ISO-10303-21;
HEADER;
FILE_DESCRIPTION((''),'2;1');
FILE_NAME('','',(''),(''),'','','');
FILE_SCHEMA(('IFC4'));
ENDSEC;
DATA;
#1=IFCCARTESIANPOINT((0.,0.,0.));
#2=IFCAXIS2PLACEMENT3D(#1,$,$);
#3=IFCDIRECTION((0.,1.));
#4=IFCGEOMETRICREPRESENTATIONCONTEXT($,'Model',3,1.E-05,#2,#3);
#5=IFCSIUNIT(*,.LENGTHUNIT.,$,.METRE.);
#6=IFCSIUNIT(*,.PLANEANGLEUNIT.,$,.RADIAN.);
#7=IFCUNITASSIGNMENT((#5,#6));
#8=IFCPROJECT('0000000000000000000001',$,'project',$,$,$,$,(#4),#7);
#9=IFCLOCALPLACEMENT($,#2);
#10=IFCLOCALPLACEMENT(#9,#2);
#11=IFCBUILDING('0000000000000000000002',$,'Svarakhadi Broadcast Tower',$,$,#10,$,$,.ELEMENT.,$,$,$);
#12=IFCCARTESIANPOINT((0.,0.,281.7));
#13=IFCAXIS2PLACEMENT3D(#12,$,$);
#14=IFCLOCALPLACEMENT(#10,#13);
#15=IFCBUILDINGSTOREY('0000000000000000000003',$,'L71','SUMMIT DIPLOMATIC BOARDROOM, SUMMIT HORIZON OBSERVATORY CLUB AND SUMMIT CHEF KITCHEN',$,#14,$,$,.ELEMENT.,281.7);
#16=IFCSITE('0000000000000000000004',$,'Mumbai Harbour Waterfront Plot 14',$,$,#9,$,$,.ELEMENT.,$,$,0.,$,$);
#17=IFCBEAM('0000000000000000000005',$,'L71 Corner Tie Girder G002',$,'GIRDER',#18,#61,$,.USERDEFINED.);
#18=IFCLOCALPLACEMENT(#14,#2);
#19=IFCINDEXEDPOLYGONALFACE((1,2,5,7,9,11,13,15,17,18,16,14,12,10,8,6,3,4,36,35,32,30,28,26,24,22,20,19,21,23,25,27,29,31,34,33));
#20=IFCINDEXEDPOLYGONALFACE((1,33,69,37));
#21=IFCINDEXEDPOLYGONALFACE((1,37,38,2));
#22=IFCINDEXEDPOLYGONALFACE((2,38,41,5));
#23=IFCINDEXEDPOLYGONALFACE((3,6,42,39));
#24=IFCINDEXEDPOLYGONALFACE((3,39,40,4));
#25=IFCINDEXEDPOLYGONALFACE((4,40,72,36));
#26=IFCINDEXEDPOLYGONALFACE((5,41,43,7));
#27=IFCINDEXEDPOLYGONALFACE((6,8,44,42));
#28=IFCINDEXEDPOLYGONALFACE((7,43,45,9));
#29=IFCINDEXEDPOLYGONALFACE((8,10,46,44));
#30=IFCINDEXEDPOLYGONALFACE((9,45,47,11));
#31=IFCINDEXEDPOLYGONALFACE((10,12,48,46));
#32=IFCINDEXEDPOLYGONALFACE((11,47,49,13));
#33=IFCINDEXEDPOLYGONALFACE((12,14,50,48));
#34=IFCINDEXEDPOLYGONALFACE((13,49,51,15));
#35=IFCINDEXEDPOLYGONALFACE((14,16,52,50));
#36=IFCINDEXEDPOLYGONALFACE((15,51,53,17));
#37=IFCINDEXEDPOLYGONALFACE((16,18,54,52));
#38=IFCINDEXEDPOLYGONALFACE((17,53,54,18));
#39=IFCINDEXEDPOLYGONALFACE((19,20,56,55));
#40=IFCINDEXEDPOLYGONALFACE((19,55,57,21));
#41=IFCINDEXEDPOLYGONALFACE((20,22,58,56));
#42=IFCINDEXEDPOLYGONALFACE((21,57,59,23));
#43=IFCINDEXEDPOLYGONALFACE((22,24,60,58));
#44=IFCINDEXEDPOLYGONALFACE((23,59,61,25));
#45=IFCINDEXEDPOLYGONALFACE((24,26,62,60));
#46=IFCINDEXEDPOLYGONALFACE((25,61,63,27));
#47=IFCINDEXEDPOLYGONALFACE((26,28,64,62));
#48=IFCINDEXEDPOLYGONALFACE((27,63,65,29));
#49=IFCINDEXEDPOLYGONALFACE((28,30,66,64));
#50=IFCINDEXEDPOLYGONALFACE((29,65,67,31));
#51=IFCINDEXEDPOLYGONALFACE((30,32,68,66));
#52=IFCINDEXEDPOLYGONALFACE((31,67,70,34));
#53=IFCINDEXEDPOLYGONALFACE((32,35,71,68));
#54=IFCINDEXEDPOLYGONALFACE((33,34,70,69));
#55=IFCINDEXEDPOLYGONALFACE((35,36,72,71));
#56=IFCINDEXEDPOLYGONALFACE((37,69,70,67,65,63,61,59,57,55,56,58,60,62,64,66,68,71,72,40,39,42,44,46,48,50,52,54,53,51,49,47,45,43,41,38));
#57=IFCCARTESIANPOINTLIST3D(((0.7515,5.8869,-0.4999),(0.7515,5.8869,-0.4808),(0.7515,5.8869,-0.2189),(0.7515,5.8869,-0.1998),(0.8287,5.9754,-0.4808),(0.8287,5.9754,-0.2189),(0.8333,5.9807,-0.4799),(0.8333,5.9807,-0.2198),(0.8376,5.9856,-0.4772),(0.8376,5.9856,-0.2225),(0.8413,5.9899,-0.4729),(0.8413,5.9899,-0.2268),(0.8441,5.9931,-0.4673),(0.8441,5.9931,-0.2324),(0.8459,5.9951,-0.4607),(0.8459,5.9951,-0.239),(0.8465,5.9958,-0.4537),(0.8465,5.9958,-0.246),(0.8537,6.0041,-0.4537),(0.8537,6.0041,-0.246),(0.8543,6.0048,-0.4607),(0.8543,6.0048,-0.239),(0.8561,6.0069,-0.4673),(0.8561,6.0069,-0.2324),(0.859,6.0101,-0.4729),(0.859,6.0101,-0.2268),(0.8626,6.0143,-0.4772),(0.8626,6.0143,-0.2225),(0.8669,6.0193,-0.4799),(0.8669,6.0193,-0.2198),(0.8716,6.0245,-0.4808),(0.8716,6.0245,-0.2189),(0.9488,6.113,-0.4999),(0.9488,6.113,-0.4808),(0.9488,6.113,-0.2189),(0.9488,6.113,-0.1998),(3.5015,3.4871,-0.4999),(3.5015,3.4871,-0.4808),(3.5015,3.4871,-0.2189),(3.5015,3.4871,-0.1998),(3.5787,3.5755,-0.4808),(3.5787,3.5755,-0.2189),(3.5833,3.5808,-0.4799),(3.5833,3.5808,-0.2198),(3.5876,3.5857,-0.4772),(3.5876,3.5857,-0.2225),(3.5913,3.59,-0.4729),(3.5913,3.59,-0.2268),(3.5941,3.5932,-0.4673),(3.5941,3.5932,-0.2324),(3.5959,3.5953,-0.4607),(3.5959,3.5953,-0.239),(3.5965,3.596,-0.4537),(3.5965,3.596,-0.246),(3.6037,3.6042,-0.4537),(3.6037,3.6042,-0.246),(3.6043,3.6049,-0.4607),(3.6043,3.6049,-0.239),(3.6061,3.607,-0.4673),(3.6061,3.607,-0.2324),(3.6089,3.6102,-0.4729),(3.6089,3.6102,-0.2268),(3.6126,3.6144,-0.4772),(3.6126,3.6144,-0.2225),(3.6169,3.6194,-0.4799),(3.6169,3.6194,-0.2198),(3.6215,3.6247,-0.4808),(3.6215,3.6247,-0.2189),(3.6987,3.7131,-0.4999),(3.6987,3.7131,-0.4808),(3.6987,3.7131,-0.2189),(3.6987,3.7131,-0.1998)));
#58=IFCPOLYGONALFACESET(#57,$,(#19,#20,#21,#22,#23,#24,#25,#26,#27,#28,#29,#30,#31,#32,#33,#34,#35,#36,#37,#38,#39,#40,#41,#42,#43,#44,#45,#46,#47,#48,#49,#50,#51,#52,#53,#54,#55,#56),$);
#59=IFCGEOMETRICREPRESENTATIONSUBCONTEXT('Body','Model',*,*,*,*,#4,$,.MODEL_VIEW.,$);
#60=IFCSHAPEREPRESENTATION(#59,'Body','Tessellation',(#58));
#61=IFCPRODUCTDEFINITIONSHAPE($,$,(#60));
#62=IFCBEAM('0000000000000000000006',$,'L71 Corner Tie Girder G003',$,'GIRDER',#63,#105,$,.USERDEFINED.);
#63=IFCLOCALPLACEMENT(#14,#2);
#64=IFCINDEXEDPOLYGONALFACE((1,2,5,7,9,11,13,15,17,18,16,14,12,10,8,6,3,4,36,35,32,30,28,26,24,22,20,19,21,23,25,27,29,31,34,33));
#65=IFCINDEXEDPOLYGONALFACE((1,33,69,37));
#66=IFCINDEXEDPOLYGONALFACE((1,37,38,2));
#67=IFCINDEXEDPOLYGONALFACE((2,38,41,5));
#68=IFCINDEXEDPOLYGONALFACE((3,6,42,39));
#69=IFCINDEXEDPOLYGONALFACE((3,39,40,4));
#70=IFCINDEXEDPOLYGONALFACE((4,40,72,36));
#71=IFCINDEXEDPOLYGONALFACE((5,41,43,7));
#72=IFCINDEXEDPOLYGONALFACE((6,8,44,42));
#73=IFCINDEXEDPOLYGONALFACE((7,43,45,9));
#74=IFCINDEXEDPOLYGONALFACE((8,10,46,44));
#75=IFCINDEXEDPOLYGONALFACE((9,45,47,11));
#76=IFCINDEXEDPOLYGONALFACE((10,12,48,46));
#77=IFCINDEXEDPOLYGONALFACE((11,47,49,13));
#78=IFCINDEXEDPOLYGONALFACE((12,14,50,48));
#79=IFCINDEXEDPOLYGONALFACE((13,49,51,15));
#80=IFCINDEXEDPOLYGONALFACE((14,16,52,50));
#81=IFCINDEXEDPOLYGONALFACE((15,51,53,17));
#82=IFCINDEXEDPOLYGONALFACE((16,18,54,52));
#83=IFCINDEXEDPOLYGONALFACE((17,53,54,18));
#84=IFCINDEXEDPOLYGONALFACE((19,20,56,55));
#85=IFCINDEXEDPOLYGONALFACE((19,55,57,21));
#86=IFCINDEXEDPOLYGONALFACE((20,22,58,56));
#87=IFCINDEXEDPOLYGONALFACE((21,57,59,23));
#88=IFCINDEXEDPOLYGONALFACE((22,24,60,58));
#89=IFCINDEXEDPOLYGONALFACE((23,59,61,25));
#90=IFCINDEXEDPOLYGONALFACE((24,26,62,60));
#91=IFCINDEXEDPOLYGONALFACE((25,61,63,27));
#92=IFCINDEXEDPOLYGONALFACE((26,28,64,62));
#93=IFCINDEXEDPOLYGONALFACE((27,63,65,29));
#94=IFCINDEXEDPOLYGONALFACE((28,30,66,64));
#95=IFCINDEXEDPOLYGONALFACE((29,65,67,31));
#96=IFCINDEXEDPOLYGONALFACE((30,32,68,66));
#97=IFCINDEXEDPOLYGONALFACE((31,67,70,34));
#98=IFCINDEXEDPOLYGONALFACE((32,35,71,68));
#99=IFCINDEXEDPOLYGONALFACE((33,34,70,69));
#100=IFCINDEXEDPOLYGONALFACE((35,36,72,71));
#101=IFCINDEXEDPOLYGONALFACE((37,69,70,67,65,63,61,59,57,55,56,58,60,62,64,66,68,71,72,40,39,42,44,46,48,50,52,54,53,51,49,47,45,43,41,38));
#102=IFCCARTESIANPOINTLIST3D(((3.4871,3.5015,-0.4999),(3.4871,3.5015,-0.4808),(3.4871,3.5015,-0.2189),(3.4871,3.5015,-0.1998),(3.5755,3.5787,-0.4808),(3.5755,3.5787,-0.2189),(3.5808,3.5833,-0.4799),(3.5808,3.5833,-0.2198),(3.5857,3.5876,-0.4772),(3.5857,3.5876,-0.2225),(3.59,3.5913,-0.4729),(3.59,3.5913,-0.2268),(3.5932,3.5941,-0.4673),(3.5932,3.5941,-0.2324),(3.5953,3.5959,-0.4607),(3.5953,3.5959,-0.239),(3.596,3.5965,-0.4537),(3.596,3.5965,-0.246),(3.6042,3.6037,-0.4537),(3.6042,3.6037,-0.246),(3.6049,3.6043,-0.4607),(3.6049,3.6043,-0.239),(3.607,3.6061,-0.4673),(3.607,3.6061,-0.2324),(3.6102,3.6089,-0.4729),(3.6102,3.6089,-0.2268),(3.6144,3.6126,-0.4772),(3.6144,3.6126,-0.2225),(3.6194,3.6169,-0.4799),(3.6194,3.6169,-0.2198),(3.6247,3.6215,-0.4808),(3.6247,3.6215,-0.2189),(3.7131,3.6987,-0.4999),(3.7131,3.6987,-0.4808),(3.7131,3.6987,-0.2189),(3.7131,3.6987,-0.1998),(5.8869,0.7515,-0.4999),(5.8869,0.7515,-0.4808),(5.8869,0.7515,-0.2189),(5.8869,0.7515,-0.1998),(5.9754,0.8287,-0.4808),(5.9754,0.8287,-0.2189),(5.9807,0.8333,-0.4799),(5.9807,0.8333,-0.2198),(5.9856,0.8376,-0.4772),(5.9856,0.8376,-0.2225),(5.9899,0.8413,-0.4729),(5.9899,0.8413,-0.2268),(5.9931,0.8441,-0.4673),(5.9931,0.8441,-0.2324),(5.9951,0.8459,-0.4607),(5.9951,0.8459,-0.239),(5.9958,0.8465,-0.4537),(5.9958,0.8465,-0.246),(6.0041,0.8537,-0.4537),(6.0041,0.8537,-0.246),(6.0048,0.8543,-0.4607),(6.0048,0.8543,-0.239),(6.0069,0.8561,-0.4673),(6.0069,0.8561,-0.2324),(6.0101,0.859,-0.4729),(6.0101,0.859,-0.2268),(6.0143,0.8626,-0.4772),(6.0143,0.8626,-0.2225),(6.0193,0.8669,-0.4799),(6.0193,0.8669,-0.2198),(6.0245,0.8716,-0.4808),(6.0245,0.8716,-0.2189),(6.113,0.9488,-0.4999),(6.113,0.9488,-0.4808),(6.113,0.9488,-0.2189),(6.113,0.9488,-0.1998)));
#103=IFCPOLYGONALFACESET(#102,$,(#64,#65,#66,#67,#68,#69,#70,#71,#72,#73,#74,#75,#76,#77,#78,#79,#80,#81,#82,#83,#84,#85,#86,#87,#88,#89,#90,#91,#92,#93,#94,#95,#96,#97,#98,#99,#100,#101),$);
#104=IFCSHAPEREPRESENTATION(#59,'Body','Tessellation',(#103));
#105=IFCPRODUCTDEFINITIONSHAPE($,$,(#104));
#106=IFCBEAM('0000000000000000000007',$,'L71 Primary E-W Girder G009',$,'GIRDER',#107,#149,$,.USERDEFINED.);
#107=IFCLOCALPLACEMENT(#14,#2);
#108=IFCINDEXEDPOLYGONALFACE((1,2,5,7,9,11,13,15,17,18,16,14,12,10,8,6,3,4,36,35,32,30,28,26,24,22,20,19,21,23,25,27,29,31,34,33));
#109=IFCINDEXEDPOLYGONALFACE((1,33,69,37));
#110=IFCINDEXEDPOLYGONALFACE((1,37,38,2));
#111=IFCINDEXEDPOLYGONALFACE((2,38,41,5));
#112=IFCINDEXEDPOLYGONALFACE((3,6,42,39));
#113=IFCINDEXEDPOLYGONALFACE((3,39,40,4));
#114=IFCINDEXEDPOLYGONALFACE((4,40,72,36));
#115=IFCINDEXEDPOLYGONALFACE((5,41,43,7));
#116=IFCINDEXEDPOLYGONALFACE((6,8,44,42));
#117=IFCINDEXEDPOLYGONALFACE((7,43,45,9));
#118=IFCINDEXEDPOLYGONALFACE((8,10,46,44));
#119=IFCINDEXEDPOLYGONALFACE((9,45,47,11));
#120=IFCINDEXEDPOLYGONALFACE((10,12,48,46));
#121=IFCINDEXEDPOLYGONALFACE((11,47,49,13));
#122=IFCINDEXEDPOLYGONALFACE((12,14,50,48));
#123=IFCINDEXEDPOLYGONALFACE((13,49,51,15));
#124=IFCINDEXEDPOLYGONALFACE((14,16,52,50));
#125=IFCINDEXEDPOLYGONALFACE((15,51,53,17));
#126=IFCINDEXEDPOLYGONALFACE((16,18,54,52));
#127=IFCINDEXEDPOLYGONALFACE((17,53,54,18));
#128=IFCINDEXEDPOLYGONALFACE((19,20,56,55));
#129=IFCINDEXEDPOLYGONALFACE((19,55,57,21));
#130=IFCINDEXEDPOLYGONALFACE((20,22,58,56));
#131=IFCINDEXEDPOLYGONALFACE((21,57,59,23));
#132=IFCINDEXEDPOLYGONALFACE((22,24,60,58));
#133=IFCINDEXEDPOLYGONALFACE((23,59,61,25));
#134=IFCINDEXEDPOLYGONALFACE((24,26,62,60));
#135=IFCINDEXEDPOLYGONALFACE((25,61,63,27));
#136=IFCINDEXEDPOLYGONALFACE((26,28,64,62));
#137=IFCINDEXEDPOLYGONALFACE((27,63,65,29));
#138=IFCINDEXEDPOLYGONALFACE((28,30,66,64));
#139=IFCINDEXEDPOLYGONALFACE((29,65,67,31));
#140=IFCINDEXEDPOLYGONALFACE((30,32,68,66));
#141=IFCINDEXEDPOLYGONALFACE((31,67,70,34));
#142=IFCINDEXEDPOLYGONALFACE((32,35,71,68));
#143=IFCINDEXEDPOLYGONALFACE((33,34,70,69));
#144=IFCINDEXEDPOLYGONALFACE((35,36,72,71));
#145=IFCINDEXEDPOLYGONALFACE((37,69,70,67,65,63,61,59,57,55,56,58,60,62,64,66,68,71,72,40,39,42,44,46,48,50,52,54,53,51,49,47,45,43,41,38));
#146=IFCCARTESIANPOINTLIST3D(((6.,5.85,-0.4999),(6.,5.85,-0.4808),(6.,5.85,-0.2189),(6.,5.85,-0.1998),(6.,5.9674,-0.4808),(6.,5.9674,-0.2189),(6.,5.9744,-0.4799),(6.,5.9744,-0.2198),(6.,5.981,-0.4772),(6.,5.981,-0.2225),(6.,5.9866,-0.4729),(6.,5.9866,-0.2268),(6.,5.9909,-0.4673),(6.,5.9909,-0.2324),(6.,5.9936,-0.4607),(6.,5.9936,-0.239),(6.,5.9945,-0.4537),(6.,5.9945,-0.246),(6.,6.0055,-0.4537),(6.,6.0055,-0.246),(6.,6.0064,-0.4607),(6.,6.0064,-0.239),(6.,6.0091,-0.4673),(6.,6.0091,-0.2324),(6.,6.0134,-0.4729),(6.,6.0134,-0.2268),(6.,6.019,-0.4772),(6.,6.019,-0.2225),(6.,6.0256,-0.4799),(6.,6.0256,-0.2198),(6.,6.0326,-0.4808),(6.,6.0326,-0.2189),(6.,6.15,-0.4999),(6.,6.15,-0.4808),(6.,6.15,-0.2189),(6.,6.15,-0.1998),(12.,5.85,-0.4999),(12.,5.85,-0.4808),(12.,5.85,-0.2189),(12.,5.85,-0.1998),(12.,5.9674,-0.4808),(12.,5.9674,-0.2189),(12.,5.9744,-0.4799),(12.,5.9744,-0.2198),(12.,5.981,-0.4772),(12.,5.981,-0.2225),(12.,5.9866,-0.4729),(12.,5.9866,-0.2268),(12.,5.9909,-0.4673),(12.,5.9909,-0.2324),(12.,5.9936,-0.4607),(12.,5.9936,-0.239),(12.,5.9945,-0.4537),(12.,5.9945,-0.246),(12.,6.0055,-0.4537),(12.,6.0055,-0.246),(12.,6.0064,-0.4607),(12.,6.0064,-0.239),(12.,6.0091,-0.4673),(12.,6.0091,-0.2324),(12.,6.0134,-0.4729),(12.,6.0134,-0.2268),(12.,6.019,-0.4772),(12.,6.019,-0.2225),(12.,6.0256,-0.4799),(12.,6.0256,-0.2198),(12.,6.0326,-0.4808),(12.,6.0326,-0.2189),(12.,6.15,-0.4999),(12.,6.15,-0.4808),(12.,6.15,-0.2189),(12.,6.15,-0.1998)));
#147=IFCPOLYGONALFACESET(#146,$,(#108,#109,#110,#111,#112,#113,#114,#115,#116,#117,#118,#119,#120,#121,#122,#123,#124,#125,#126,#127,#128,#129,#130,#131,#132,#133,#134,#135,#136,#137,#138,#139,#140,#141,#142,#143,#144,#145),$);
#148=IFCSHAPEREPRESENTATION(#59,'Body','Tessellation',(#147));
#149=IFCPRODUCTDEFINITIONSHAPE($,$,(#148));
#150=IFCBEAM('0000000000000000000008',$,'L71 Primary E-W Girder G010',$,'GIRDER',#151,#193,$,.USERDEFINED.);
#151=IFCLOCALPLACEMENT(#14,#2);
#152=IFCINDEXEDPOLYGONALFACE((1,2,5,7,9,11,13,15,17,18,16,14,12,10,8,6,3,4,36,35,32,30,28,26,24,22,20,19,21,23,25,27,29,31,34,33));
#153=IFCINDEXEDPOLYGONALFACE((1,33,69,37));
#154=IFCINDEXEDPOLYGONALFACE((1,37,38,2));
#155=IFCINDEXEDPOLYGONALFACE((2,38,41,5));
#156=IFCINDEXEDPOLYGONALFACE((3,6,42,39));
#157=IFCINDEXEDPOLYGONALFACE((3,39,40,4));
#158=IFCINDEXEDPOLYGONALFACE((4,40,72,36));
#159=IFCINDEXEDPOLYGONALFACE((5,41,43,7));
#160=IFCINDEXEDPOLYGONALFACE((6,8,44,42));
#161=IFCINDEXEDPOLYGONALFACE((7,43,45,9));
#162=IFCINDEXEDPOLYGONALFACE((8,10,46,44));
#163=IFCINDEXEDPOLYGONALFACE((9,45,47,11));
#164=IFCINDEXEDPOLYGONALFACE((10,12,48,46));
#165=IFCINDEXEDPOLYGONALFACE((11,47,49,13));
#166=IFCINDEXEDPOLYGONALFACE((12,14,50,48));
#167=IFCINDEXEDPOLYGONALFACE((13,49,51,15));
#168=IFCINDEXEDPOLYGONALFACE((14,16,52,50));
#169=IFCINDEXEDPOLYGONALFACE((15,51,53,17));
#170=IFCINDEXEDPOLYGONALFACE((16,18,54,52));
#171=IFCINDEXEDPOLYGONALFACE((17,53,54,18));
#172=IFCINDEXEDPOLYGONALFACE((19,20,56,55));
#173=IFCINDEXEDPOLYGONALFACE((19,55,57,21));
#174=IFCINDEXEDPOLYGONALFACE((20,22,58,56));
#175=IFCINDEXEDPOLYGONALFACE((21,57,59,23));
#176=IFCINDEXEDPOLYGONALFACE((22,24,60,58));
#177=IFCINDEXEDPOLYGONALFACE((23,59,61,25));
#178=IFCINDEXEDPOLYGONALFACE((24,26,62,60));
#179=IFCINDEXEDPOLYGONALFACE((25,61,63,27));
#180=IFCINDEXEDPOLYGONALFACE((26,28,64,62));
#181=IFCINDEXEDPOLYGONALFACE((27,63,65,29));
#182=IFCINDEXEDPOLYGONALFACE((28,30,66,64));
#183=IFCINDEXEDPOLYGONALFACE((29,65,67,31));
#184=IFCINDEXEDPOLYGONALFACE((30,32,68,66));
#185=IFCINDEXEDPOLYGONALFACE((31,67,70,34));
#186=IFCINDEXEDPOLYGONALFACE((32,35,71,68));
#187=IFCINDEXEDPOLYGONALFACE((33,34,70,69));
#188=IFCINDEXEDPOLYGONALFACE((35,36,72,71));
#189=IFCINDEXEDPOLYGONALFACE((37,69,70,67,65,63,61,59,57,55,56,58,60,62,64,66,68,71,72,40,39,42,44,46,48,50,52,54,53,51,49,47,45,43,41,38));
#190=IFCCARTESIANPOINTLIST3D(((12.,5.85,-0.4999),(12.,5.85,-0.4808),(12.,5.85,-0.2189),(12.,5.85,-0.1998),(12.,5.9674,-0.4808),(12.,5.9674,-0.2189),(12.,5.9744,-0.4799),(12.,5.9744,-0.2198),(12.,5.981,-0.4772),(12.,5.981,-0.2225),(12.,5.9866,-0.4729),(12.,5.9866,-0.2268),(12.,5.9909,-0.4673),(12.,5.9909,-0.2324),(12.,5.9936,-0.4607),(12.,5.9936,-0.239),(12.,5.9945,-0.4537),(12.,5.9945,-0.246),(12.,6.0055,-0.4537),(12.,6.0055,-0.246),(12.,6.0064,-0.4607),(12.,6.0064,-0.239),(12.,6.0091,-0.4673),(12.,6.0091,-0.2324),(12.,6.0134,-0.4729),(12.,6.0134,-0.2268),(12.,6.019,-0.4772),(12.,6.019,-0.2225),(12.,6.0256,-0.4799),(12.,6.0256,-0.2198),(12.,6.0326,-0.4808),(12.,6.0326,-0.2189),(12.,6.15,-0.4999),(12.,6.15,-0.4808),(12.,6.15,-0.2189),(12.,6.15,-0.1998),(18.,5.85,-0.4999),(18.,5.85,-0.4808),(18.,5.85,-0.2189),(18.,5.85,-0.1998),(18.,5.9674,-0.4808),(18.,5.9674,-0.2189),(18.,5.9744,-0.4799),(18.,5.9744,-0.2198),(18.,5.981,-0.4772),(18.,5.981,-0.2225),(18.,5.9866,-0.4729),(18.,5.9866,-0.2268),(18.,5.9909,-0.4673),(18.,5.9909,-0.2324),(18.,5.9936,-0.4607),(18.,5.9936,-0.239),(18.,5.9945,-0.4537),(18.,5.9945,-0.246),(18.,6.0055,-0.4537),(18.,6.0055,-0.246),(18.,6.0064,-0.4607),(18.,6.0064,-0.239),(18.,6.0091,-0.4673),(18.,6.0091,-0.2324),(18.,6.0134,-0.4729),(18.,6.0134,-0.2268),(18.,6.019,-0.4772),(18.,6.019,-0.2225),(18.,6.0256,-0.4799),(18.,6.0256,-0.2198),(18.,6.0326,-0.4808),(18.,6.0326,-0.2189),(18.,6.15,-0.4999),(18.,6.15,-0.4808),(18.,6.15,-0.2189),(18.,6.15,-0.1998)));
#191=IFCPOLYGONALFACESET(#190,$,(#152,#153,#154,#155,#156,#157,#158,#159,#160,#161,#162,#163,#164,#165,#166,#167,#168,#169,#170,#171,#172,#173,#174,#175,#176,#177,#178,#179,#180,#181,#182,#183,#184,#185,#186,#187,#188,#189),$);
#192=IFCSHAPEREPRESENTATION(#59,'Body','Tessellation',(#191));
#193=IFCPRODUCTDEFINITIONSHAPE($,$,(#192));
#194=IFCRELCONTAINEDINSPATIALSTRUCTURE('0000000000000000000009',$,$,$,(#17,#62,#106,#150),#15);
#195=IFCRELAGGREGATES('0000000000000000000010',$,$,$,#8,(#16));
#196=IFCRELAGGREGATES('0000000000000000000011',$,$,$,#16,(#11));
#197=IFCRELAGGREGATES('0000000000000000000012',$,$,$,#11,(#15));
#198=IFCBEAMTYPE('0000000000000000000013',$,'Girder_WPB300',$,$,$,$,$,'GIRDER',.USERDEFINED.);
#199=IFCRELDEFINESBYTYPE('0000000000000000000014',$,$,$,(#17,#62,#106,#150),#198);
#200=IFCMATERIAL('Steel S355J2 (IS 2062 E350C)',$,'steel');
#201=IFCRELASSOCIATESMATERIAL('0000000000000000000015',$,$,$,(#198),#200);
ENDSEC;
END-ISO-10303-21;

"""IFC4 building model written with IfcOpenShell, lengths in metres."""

from ifc_helpers import new_model, si_unit, direction, frame, origin, origin_2d, place, context, subcontext, project, spatial, i_section, extrude, material, material_profile, profile_set, type_object, element, save


model = new_model("IFC4")

# Units and contexts
model_context = context("Model", 3, precision=1e-05, world=origin(), true_north=direction((0.0, 1.0)))
body_context = subcontext(model_context, "Body", "Model", "MODEL_VIEW")
ifc_project = project(units=[si_unit("LENGTHUNIT", "METRE"), si_unit("PLANEANGLEUNIT", "RADIAN")], contexts=[model_context])

# Site, building, storey
site_placement = place(None, origin())
site = spatial("IfcSite", under=ifc_project, at=site_placement, Name="Mumbai Harbour Waterfront Plot 14", CompositionType="ELEMENT", RefElevation=0.0)
building_placement = place(site_placement, origin())
building = spatial("IfcBuilding", under=site, at=building_placement, Name="Svarakhadi Broadcast Tower", CompositionType="ELEMENT")
storey_placement = place(building_placement, frame((0.0, 0.0, 281.7)))
storey = spatial("IfcBuildingStorey", under=building, at=storey_placement, Name="L71", Description="SUMMIT DIPLOMATIC BOARDROOM, SUMMIT HORIZON OBSERVATORY CLUB AND SUMMIT CHEF KITCHEN", CompositionType="ELEMENT", Elevation=281.7)

# Beams
ifc_material_1 = material(Name="Steel S355J2 (IS 2062 E350C)", Category="steel")
ifc_material_profile_1 = material_profile(ifc_material_1, i_section(OverallWidth=0.3, OverallDepth=0.3, WebThickness=0.011, FlangeThickness=0.019, FilletRadius=0.0271, at=origin_2d()), Name="WPB 300x300x117")
ifc_profile_set_1 = profile_set([ifc_material_profile_1], Name="Steel S355J2 (IS 2062 E350C)")
beam_type_1 = type_object("IfcBeamType", Name="Girder_WPB300", ElementType="GIRDER", PredefinedType="USERDEFINED", material=ifc_profile_set_1)
for number, where, z_axis, x_axis, name in (
    (1, (3.6001, 3.6001, -0.3499), (-0.753438, 0.657519, 0.0), (-0.657519, -0.753438, 0.0), "L71 Corner Tie Girder G002"),
    (2, (3.6001, 3.6001, -0.3499), (0.657519, -0.753438, 0.0), (0.753438, 0.657519, 0.0), "L71 Corner Tie Girder G003"),
):
    element("IfcBeam", number, at=place(storey_placement, frame(where, z_axis=z_axis, x_axis=x_axis)), inside=storey, type_object=beam_type_1, Name=name, ObjectType="GIRDER", PredefinedType="USERDEFINED", context=body_context, shape_type="SweptSolid", body=[
        extrude(i_section(OverallWidth=0.3, OverallDepth=0.3, WebThickness=0.011, FlangeThickness=0.019, FilletRadius=0.0271, at=origin_2d()), origin(), (0.0, 0.0, 1.0), 3.6499),
    ])
for number, where, z_axis, x_axis, name in (
    (3, (6.0, 6.0, -0.3499), (1.0, 0.0, 0.0), (0.0, 1.0, 0.0), "L71 Primary E-W Girder G009"),
    (4, (12.0, 6.0, -0.3499), (1.0, 0.0, 0.0), (0.0, 1.0, 0.0), "L71 Primary E-W Girder G010"),
):
    element("IfcBeam", number, at=place(storey_placement, frame(where, z_axis=z_axis, x_axis=x_axis)), inside=storey, type_object=beam_type_1, Name=name, ObjectType="GIRDER", PredefinedType="USERDEFINED", context=body_context, shape_type="SweptSolid", body=[
        extrude(i_section(OverallWidth=0.3, OverallDepth=0.3, WebThickness=0.011, FlangeThickness=0.019, FilletRadius=0.0271, at=origin_2d()), origin(), (0.0, 0.0, 1.0), 6.0),
    ])

save(model, "model.ifc")
